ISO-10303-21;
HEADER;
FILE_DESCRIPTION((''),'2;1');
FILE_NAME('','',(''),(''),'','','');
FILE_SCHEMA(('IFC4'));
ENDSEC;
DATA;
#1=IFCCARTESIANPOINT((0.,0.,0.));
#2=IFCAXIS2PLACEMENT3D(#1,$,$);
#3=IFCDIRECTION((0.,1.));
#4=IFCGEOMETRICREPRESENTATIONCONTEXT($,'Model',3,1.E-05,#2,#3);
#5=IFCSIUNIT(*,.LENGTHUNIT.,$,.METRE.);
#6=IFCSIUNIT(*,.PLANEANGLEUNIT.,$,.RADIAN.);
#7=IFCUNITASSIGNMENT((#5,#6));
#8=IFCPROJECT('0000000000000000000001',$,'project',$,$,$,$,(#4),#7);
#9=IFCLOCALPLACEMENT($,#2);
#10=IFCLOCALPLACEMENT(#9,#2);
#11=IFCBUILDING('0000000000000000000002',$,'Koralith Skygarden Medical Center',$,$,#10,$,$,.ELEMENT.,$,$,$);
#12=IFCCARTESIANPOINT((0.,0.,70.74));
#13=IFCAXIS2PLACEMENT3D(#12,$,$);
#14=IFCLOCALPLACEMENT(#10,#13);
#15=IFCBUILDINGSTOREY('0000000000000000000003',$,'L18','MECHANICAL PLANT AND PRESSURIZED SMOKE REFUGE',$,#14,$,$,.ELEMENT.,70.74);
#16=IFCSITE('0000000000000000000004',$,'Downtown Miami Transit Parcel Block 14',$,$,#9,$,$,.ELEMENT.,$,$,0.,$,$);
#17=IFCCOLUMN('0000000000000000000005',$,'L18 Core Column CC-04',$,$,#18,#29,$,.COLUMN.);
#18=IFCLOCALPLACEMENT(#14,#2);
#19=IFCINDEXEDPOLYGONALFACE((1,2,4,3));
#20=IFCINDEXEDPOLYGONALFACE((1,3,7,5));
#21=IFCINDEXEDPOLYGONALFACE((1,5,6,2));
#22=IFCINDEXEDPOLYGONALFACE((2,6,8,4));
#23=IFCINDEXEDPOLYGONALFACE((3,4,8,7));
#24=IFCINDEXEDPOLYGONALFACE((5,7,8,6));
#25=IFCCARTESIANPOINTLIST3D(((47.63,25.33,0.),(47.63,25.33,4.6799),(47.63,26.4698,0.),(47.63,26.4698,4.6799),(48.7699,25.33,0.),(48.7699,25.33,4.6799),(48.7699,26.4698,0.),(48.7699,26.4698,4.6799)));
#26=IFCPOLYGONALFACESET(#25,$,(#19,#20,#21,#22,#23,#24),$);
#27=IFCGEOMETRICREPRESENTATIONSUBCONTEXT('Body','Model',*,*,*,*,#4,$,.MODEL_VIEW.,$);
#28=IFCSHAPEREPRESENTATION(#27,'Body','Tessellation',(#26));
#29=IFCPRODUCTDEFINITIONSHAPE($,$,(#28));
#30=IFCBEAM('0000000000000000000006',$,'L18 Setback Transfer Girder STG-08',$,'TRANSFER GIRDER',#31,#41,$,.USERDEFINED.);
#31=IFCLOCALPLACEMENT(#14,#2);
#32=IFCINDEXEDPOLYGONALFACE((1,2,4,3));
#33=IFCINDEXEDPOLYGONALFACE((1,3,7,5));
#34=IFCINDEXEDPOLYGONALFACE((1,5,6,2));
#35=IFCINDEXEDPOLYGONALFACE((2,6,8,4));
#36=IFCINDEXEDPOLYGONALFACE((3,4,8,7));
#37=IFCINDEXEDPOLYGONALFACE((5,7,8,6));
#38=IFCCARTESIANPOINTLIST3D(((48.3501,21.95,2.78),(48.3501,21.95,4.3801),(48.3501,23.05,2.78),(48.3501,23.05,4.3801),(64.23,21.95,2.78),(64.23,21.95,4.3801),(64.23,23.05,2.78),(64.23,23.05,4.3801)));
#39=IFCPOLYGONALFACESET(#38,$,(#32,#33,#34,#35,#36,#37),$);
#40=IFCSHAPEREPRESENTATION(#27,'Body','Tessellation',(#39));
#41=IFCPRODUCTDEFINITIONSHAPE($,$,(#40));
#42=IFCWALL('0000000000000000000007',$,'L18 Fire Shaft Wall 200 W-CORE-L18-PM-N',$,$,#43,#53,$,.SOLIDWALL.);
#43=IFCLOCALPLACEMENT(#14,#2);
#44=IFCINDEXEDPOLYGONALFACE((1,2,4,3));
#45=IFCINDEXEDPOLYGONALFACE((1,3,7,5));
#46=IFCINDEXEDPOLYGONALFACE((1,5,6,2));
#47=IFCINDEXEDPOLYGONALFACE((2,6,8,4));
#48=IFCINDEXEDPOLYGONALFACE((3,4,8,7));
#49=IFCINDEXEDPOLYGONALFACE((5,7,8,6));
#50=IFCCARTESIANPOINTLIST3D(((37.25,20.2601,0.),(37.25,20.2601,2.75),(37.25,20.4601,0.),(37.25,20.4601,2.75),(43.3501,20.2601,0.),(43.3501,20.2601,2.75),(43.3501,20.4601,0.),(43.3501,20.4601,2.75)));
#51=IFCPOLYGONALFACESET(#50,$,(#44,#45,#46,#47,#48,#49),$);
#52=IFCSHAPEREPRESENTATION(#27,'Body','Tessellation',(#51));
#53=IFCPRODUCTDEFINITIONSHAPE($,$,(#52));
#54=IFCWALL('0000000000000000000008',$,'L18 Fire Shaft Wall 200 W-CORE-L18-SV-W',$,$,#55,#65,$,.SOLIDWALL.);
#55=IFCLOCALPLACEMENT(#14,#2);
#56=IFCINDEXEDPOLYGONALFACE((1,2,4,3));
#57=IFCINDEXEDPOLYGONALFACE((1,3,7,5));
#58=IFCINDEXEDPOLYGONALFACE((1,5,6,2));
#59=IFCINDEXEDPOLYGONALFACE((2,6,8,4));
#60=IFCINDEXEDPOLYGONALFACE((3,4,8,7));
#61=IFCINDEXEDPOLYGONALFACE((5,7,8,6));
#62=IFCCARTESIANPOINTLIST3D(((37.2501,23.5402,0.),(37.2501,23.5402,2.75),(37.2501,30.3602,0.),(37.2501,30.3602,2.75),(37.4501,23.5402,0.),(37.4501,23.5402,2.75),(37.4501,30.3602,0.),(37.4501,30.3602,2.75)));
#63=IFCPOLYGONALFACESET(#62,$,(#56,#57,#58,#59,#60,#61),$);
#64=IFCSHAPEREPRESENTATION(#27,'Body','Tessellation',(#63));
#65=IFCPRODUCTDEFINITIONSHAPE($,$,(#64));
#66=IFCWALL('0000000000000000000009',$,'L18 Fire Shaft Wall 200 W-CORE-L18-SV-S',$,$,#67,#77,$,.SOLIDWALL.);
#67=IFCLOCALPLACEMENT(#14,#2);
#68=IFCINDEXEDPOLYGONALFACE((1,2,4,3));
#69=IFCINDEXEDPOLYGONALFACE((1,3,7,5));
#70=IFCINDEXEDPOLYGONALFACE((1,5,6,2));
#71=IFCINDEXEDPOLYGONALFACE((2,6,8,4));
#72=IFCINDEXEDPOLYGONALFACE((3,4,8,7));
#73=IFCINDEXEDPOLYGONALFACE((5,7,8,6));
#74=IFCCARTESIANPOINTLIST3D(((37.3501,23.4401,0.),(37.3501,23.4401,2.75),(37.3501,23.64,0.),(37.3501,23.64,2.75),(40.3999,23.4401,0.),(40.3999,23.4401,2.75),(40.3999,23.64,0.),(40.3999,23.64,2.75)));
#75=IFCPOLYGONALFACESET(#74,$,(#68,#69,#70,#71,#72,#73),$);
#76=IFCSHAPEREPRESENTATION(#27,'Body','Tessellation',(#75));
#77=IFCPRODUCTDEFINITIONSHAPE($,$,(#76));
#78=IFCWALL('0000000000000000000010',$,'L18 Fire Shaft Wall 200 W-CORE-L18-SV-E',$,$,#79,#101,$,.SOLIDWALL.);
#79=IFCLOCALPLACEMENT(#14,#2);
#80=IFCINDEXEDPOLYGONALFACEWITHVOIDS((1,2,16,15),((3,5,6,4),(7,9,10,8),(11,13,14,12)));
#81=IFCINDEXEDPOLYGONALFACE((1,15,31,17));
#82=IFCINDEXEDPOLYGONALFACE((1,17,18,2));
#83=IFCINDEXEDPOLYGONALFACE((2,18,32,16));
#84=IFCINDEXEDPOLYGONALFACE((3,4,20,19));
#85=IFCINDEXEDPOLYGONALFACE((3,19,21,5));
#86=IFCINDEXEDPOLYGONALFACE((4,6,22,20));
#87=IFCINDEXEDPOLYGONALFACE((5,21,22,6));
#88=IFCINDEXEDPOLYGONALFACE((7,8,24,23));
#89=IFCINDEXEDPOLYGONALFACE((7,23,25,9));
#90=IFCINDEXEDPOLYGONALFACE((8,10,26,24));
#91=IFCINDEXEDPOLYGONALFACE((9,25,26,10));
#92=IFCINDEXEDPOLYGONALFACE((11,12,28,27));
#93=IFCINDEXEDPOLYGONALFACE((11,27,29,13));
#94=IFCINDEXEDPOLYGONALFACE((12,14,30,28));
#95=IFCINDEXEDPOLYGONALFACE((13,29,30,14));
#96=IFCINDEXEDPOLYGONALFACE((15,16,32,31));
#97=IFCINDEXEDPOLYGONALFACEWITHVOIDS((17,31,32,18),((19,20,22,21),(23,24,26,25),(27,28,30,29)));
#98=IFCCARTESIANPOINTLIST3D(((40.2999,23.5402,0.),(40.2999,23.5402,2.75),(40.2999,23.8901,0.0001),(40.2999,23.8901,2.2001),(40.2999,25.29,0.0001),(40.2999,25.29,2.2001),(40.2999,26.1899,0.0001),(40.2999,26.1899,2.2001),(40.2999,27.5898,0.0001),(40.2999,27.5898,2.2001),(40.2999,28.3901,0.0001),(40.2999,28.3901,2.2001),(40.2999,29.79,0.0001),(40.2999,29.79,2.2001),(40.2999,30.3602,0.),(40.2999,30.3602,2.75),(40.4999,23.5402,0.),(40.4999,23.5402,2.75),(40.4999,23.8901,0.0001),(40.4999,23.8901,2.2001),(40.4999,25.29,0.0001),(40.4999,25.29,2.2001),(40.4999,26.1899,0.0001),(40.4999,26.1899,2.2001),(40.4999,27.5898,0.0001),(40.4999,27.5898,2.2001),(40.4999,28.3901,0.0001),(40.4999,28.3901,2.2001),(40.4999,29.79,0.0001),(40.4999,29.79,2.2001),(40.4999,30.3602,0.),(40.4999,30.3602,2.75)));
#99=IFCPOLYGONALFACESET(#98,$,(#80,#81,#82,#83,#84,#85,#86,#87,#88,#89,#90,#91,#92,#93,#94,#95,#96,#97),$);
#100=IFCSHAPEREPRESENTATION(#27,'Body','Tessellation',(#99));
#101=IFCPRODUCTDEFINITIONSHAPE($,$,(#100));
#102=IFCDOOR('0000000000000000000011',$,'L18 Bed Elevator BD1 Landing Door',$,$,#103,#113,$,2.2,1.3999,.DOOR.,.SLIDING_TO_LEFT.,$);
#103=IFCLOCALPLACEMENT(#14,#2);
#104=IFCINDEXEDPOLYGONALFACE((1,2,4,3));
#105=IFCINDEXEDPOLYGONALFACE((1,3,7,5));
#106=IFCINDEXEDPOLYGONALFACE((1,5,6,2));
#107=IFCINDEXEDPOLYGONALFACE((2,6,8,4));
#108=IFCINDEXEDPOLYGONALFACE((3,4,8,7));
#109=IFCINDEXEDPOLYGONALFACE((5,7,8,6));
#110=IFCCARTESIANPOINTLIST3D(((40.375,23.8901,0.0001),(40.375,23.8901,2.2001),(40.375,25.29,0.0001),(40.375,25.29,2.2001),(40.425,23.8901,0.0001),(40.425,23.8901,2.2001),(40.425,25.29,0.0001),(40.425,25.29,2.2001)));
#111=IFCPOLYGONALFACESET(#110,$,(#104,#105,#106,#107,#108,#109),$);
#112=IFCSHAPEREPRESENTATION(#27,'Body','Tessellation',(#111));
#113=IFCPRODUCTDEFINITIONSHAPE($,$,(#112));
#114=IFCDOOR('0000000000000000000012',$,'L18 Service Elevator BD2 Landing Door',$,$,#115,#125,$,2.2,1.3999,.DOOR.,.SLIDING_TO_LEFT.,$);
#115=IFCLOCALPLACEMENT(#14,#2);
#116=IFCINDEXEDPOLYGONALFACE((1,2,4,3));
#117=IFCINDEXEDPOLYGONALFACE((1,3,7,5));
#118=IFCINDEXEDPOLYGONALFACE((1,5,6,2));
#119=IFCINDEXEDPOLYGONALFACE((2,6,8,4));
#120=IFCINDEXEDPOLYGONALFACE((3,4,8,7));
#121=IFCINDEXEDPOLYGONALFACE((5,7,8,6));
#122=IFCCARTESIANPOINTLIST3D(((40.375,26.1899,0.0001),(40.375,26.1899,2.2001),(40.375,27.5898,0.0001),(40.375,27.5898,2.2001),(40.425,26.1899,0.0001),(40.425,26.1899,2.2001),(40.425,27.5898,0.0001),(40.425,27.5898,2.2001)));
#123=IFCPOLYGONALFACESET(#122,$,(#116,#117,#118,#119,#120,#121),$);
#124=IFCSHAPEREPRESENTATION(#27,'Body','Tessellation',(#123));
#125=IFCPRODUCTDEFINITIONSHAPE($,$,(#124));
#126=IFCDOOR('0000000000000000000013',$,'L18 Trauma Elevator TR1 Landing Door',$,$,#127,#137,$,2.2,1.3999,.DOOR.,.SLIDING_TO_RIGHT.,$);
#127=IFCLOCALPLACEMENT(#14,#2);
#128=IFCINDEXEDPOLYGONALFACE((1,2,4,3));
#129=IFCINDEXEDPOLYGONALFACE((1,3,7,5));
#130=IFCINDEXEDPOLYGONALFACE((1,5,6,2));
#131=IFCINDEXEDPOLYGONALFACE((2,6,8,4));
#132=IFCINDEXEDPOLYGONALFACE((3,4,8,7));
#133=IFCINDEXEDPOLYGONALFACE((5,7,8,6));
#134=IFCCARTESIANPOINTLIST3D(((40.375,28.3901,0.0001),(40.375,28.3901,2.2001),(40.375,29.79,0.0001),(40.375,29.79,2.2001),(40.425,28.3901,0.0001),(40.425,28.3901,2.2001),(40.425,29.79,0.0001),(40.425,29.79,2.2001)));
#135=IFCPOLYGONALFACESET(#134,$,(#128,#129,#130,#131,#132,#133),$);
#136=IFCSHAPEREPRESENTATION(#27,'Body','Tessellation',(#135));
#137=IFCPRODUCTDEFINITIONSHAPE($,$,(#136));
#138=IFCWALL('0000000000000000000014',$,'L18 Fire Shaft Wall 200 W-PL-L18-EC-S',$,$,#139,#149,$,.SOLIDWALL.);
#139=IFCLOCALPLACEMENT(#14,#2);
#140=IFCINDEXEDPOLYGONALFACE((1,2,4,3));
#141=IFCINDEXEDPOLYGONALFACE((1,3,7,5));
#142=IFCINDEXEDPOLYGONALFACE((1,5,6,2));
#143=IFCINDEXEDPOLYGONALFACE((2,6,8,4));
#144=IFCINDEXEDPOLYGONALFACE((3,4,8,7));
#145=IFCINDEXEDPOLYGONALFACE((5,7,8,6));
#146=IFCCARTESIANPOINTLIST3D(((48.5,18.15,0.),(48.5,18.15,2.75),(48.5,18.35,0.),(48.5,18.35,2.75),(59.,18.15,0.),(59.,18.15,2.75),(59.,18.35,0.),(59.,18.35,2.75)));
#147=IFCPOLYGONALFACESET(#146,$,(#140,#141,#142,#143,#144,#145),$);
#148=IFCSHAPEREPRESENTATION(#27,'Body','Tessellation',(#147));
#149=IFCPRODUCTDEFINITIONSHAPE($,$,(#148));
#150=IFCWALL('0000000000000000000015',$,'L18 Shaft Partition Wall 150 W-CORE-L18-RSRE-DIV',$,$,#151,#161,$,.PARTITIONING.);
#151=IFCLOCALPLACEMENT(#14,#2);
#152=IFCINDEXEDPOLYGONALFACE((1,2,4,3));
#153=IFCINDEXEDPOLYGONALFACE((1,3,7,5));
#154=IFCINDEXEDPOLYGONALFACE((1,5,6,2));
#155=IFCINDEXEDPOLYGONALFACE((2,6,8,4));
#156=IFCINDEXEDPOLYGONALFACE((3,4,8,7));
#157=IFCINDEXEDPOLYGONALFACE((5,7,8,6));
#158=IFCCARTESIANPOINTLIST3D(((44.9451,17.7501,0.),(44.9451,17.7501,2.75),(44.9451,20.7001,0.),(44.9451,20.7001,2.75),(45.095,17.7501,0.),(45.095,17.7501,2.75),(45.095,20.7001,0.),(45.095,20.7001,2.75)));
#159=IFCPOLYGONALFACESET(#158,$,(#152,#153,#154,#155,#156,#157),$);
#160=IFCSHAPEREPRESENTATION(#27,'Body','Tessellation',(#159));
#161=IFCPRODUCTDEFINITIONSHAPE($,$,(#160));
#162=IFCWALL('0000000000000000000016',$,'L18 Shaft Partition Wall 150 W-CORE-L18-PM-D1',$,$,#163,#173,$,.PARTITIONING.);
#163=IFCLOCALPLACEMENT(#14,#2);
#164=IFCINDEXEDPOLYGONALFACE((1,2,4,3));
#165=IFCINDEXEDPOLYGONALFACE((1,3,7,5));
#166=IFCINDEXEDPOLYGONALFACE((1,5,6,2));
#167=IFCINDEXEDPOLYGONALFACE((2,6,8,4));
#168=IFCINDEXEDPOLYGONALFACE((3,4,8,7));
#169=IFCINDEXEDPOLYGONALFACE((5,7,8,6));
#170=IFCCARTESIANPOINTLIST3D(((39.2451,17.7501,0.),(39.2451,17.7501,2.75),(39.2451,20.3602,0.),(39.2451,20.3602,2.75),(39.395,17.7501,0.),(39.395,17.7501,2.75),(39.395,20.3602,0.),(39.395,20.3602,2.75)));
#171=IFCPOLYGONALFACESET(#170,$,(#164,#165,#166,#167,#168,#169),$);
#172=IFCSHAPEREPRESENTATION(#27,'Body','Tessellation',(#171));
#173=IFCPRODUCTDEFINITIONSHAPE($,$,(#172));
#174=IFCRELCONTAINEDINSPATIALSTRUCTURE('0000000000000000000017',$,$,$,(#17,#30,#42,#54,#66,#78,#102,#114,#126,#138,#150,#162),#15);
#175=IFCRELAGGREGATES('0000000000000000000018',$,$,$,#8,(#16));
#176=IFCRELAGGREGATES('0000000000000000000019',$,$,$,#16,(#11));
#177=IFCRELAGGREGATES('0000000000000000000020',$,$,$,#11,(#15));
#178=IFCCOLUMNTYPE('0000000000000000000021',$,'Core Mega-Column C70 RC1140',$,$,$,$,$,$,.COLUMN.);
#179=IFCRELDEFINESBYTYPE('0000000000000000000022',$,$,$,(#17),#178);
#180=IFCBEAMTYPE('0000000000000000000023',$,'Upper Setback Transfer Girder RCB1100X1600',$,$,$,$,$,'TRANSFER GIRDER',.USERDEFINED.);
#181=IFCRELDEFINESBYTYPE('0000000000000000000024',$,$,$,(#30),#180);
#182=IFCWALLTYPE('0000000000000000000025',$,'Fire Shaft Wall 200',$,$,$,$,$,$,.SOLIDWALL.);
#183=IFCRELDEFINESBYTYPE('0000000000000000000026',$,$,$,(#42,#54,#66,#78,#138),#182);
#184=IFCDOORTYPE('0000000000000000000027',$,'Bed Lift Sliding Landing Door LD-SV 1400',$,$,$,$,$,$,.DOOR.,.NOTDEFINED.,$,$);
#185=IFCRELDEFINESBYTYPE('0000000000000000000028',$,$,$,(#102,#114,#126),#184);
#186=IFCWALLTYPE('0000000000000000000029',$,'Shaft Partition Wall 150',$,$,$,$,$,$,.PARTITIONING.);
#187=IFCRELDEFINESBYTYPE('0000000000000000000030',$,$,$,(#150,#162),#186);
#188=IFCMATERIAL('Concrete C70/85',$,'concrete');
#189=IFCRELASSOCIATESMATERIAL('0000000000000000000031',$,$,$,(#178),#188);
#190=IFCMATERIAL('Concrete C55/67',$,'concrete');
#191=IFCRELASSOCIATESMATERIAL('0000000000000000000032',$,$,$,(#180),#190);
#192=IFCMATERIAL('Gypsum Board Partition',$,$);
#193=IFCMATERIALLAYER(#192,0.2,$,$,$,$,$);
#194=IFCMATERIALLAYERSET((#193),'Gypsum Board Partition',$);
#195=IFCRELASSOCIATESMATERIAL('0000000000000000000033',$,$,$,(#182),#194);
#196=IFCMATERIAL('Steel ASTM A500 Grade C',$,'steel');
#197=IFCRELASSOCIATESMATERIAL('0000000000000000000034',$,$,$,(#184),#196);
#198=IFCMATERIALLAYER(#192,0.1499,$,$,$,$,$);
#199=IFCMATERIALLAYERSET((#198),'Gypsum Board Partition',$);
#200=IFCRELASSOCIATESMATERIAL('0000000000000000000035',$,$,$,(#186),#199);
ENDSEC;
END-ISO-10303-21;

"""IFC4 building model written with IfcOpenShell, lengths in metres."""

from ifc_helpers import new_model, si_unit, direction, frame, frame_2d, origin, origin_2d, place, context, subcontext, project, spatial, rectangle, extrude, material, layer, layer_set, material_profile, profile_set, type_object, element, fill, save


model = new_model("IFC4")

# Units and contexts
model_context = context("Model", 3, precision=1e-05, world=origin(), true_north=direction((0.0, 1.0)))
body_context = subcontext(model_context, "Body", "Model", "MODEL_VIEW")
ifc_project = project(units=[si_unit("LENGTHUNIT", "METRE"), si_unit("PLANEANGLEUNIT", "RADIAN")], contexts=[model_context])

# Site, building, storey
site_placement = place(None, origin())
site = spatial("IfcSite", under=ifc_project, at=site_placement, Name="Downtown Miami Transit Parcel Block 14", CompositionType="ELEMENT", RefElevation=0.0)
building_placement = place(site_placement, origin())
building = spatial("IfcBuilding", under=site, at=building_placement, Name="Koralith Skygarden Medical Center", CompositionType="ELEMENT")
storey_placement = place(building_placement, frame((0.0, 0.0, 70.74)))
storey = spatial("IfcBuildingStorey", under=building, at=storey_placement, Name="L18", Description="MECHANICAL PLANT AND PRESSURIZED SMOKE REFUGE", CompositionType="ELEMENT", Elevation=70.74)

# Column
ifc_material_1 = material(Name="Concrete C70/85", Category="concrete")
ifc_material_profile_1 = material_profile(ifc_material_1, rectangle(XDim=1.1399, YDim=1.1399, at=origin_2d()), Name="RC1140X1140")
ifc_profile_set_1 = profile_set([ifc_material_profile_1], Name="Concrete C70/85")
column_type = type_object("IfcColumnType", Name="Core Mega-Column C70 RC1140", PredefinedType="COLUMN", material=ifc_profile_set_1)
column_placement = place(storey_placement, frame((48.2, 25.8999, 0.0), z_axis=(0.0, 0.0, 1.0), x_axis=(1.0, 0.0, 0.0)))
element("IfcColumn", 1, at=column_placement, inside=storey, type_object=column_type, Name="L18 Core Column CC-04", PredefinedType="COLUMN", context=body_context, shape_type="SweptSolid", body=[
    extrude(rectangle(XDim=1.1399, YDim=1.1399, at=origin_2d()), origin(), (0.0, 0.0, 1.0), 4.6799),
])

# Beam
ifc_material_2 = material(Name="Concrete C55/67", Category="concrete")
ifc_material_profile_2 = material_profile(ifc_material_2, rectangle(XDim=1.1001, YDim=1.6001, at=origin_2d()), Name="RCB1100X1600")
ifc_profile_set_2 = profile_set([ifc_material_profile_2], Name="Concrete C55/67")
beam_type = type_object("IfcBeamType", Name="Upper Setback Transfer Girder RCB1100X1600", ElementType="TRANSFER GIRDER", PredefinedType="USERDEFINED", material=ifc_profile_set_2)
beam_placement = place(storey_placement, frame((48.3501, 22.5, 3.5801), z_axis=(1.0, 0.0, 0.0), x_axis=(0.0, 1.0, 0.0)))
element("IfcBeam", 2, at=beam_placement, inside=storey, type_object=beam_type, Name="L18 Setback Transfer Girder STG-08", ObjectType="TRANSFER GIRDER", PredefinedType="USERDEFINED", context=body_context, shape_type="SweptSolid", body=[
    extrude(rectangle(XDim=1.1001, YDim=1.6001, at=origin_2d()), origin(), (0.0, 0.0, 1.0), 15.8799),
])

# Shared definitions
ifc_material_3 = material(Name="Gypsum Board Partition")
ifc_layer_1 = layer(ifc_material_3, 0.2)
ifc_layer_set_1 = layer_set([ifc_layer_1], Name="Gypsum Board Partition")
wall_type_1 = type_object("IfcWallType", Name="Fire Shaft Wall 200", PredefinedType="SOLIDWALL", material=ifc_layer_set_1)
ifc_material_4 = material(Name="Steel ASTM A500 Grade C", Category="steel")

# Walls
wall_1_placement = place(storey_placement, frame((37.25, 20.3601, 0.0), z_axis=(0.0, 0.0, 1.0), x_axis=(1.0, 0.0, 0.0)))
element("IfcWall", 3, at=wall_1_placement, inside=storey, type_object=wall_type_1, Name="L18 Fire Shaft Wall 200 W-CORE-L18-PM-N", PredefinedType="SOLIDWALL", context=body_context, shape_type="SweptSolid", body=[
    extrude(rectangle(XDim=6.1001, YDim=0.2, at=frame_2d((3.05, 0.0))), origin(), (0.0, 0.0, 1.0), 2.75),
])
wall_2_placement = place(storey_placement, frame((37.3501, 23.54, 0.0), z_axis=(0.0, 0.0, 1.0), x_axis=(0.0, 1.0, 0.0)))
element("IfcWall", 4, at=wall_2_placement, inside=storey, type_object=wall_type_1, Name="L18 Fire Shaft Wall 200 W-CORE-L18-SV-W", PredefinedType="SOLIDWALL", context=body_context, shape_type="SweptSolid", body=[
    extrude(rectangle(XDim=6.8201, YDim=0.2, at=frame_2d((3.4102, 0.0))), origin(), (0.0, 0.0, 1.0), 2.75),
])
wall_3_placement = place(storey_placement, frame((37.3501, 23.54, 0.0), z_axis=(0.0, 0.0, 1.0), x_axis=(1.0, 0.0, 0.0)))
element("IfcWall", 5, at=wall_3_placement, inside=storey, type_object=wall_type_1, Name="L18 Fire Shaft Wall 200 W-CORE-L18-SV-S", PredefinedType="SOLIDWALL", context=body_context, shape_type="SweptSolid", body=[
    extrude(rectangle(XDim=3.0498, YDim=0.2, at=frame_2d((1.5249, 0.0))), origin(), (0.0, 0.0, 1.0), 2.75),
])

# Wall, openings, doors
wall_4_placement = place(storey_placement, frame((40.3999, 23.54, 0.0), z_axis=(0.0, 0.0, 1.0), x_axis=(0.0, 1.0, 0.0)))
wall_4 = element("IfcWall", 6, at=wall_4_placement, inside=storey, type_object=wall_type_1, Name="L18 Fire Shaft Wall 200 W-CORE-L18-SV-E", PredefinedType="SOLIDWALL", context=body_context, shape_type="SweptSolid", body=[
    extrude(rectangle(XDim=6.8201, YDim=0.2, at=frame_2d((3.4102, 0.0))), origin(), (0.0, 0.0, 1.0), 2.75),
])
opening_1_placement = place(wall_4_placement, frame((0.3501, 0.0, 0.0)))
opening_1 = element("IfcOpeningElement", 7, at=opening_1_placement, cuts=wall_4, PredefinedType="OPENING", context=body_context, shape_type="SweptSolid", body=[
    extrude(rectangle(XDim=1.3999, YDim=2.2, at=frame_2d((0.7, 1.1001))), frame((0.0, 0.1099, 0.0), z_axis=(0.0, -1.0, 0.0), x_axis=(1.0, 0.0, 0.0)), (0.0, 0.0, 1.0), 0.22),
])
opening_2_placement = place(wall_4_placement, frame((2.6499, 0.0, 0.0)))
opening_2 = element("IfcOpeningElement", 8, at=opening_2_placement, cuts=wall_4, PredefinedType="OPENING", context=body_context, shape_type="SweptSolid", body=[
    extrude(rectangle(XDim=1.3999, YDim=2.2, at=frame_2d((0.7, 1.1001))), frame((0.0, 0.1099, 0.0), z_axis=(0.0, -1.0, 0.0), x_axis=(1.0, 0.0, 0.0)), (0.0, 0.0, 1.0), 0.22),
])
opening_3_placement = place(wall_4_placement, frame((4.8501, 0.0, 0.0)))
opening_3 = element("IfcOpeningElement", 9, at=opening_3_placement, cuts=wall_4, PredefinedType="OPENING", context=body_context, shape_type="SweptSolid", body=[
    extrude(rectangle(XDim=1.3999, YDim=2.2, at=frame_2d((0.7, 1.1001))), frame((0.0, 0.1099, 0.0), z_axis=(0.0, -1.0, 0.0), x_axis=(1.0, 0.0, 0.0)), (0.0, 0.0, 1.0), 0.22),
])
door_type_1 = type_object("IfcDoorType", Name="Bed Lift Sliding Landing Door LD-SV 1400", OperationType="NOTDEFINED", PredefinedType="DOOR", material=ifc_material_4)
door_1_placement = place(opening_1_placement, origin())
door_1 = element("IfcDoor", 10, at=door_1_placement, inside=storey, type_object=door_type_1, Name="L18 Bed Elevator BD1 Landing Door", OperationType="SLIDING_TO_LEFT", OverallHeight=2.2, OverallWidth=1.3999, PredefinedType="DOOR", context=body_context, shape_type="SweptSolid", body=[
    extrude(rectangle(XDim=1.3999, YDim=2.2, at=frame_2d((0.7, 1.1001))), frame((0.0, 0.0249, 0.0), z_axis=(0.0, -1.0, 0.0), x_axis=(1.0, 0.0, 0.0)), (0.0, 0.0, 1.0), 0.05),
])
fill(opening_1, door_1)
door_2_placement = place(opening_2_placement, origin())
door_2 = element("IfcDoor", 11, at=door_2_placement, inside=storey, type_object=door_type_1, Name="L18 Service Elevator BD2 Landing Door", OperationType="SLIDING_TO_LEFT", OverallHeight=2.2, OverallWidth=1.3999, PredefinedType="DOOR", context=body_context, shape_type="SweptSolid", body=[
    extrude(rectangle(XDim=1.3999, YDim=2.2, at=frame_2d((0.7, 1.1001))), frame((0.0, 0.0249, 0.0), z_axis=(0.0, -1.0, 0.0), x_axis=(1.0, 0.0, 0.0)), (0.0, 0.0, 1.0), 0.05),
])
fill(opening_2, door_2)
door_3_placement = place(opening_3_placement, origin())
door_3 = element("IfcDoor", 12, at=door_3_placement, inside=storey, type_object=door_type_1, Name="L18 Trauma Elevator TR1 Landing Door", OperationType="SLIDING_TO_RIGHT", OverallHeight=2.2, OverallWidth=1.3999, PredefinedType="DOOR", context=body_context, shape_type="SweptSolid", body=[
    extrude(rectangle(XDim=1.3999, YDim=2.2, at=frame_2d((0.7, 1.1001))), frame((0.0, 0.0249, 0.0), z_axis=(0.0, -1.0, 0.0), x_axis=(1.0, 0.0, 0.0)), (0.0, 0.0, 1.0), 0.05),
])
fill(opening_3, door_3)

# Wall
wall_5_placement = place(storey_placement, frame((48.5, 18.25, 0.0), z_axis=(0.0, 0.0, 1.0), x_axis=(1.0, 0.0, 0.0)))
element("IfcWall", 13, at=wall_5_placement, inside=storey, type_object=wall_type_1, Name="L18 Fire Shaft Wall 200 W-PL-L18-EC-S", PredefinedType="SOLIDWALL", context=body_context, shape_type="SweptSolid", body=[
    extrude(rectangle(XDim=10.5, YDim=0.2, at=frame_2d((5.25, 0.0))), origin(), (0.0, 0.0, 1.0), 2.75),
])

# Walls
ifc_layer_2 = layer(ifc_material_3, 0.1499)
ifc_layer_set_2 = layer_set([ifc_layer_2], Name="Gypsum Board Partition")
wall_type_2 = type_object("IfcWallType", Name="Shaft Partition Wall 150", PredefinedType="PARTITIONING", material=ifc_layer_set_2)
wall_6_placement = place(storey_placement, frame((45.02, 17.75, 0.0), z_axis=(0.0, 0.0, 1.0), x_axis=(0.0, 1.0, 0.0)))
element("IfcWall", 14, at=wall_6_placement, inside=storey, type_object=wall_type_2, Name="L18 Shaft Partition Wall 150 W-CORE-L18-RSRE-DIV", PredefinedType="PARTITIONING", context=body_context, shape_type="SweptSolid", body=[
    extrude(rectangle(XDim=2.95, YDim=0.1499, at=frame_2d((1.4751, 0.0))), origin(), (0.0, 0.0, 1.0), 2.75),
])
for number, where, z_axis, x_axis, name in (
    (15, (39.3201, 17.75, 0.0), (0.0, 0.0, 1.0), (0.0, 1.0, 0.0), "L18 Shaft Partition Wall 150 W-CORE-L18-PM-D1"),
):
    element("IfcWall", number, at=place(storey_placement, frame(where, z_axis=z_axis, x_axis=x_axis)), inside=storey, type_object=wall_type_2, Name=name, PredefinedType="PARTITIONING", context=body_context, shape_type="SweptSolid", body=[
        extrude(rectangle(XDim=2.6101, YDim=0.1499, at=frame_2d((1.3052, 0.0))), origin(), (0.0, 0.0, 1.0), 2.75),
    ])

save(model, "model.ifc")
